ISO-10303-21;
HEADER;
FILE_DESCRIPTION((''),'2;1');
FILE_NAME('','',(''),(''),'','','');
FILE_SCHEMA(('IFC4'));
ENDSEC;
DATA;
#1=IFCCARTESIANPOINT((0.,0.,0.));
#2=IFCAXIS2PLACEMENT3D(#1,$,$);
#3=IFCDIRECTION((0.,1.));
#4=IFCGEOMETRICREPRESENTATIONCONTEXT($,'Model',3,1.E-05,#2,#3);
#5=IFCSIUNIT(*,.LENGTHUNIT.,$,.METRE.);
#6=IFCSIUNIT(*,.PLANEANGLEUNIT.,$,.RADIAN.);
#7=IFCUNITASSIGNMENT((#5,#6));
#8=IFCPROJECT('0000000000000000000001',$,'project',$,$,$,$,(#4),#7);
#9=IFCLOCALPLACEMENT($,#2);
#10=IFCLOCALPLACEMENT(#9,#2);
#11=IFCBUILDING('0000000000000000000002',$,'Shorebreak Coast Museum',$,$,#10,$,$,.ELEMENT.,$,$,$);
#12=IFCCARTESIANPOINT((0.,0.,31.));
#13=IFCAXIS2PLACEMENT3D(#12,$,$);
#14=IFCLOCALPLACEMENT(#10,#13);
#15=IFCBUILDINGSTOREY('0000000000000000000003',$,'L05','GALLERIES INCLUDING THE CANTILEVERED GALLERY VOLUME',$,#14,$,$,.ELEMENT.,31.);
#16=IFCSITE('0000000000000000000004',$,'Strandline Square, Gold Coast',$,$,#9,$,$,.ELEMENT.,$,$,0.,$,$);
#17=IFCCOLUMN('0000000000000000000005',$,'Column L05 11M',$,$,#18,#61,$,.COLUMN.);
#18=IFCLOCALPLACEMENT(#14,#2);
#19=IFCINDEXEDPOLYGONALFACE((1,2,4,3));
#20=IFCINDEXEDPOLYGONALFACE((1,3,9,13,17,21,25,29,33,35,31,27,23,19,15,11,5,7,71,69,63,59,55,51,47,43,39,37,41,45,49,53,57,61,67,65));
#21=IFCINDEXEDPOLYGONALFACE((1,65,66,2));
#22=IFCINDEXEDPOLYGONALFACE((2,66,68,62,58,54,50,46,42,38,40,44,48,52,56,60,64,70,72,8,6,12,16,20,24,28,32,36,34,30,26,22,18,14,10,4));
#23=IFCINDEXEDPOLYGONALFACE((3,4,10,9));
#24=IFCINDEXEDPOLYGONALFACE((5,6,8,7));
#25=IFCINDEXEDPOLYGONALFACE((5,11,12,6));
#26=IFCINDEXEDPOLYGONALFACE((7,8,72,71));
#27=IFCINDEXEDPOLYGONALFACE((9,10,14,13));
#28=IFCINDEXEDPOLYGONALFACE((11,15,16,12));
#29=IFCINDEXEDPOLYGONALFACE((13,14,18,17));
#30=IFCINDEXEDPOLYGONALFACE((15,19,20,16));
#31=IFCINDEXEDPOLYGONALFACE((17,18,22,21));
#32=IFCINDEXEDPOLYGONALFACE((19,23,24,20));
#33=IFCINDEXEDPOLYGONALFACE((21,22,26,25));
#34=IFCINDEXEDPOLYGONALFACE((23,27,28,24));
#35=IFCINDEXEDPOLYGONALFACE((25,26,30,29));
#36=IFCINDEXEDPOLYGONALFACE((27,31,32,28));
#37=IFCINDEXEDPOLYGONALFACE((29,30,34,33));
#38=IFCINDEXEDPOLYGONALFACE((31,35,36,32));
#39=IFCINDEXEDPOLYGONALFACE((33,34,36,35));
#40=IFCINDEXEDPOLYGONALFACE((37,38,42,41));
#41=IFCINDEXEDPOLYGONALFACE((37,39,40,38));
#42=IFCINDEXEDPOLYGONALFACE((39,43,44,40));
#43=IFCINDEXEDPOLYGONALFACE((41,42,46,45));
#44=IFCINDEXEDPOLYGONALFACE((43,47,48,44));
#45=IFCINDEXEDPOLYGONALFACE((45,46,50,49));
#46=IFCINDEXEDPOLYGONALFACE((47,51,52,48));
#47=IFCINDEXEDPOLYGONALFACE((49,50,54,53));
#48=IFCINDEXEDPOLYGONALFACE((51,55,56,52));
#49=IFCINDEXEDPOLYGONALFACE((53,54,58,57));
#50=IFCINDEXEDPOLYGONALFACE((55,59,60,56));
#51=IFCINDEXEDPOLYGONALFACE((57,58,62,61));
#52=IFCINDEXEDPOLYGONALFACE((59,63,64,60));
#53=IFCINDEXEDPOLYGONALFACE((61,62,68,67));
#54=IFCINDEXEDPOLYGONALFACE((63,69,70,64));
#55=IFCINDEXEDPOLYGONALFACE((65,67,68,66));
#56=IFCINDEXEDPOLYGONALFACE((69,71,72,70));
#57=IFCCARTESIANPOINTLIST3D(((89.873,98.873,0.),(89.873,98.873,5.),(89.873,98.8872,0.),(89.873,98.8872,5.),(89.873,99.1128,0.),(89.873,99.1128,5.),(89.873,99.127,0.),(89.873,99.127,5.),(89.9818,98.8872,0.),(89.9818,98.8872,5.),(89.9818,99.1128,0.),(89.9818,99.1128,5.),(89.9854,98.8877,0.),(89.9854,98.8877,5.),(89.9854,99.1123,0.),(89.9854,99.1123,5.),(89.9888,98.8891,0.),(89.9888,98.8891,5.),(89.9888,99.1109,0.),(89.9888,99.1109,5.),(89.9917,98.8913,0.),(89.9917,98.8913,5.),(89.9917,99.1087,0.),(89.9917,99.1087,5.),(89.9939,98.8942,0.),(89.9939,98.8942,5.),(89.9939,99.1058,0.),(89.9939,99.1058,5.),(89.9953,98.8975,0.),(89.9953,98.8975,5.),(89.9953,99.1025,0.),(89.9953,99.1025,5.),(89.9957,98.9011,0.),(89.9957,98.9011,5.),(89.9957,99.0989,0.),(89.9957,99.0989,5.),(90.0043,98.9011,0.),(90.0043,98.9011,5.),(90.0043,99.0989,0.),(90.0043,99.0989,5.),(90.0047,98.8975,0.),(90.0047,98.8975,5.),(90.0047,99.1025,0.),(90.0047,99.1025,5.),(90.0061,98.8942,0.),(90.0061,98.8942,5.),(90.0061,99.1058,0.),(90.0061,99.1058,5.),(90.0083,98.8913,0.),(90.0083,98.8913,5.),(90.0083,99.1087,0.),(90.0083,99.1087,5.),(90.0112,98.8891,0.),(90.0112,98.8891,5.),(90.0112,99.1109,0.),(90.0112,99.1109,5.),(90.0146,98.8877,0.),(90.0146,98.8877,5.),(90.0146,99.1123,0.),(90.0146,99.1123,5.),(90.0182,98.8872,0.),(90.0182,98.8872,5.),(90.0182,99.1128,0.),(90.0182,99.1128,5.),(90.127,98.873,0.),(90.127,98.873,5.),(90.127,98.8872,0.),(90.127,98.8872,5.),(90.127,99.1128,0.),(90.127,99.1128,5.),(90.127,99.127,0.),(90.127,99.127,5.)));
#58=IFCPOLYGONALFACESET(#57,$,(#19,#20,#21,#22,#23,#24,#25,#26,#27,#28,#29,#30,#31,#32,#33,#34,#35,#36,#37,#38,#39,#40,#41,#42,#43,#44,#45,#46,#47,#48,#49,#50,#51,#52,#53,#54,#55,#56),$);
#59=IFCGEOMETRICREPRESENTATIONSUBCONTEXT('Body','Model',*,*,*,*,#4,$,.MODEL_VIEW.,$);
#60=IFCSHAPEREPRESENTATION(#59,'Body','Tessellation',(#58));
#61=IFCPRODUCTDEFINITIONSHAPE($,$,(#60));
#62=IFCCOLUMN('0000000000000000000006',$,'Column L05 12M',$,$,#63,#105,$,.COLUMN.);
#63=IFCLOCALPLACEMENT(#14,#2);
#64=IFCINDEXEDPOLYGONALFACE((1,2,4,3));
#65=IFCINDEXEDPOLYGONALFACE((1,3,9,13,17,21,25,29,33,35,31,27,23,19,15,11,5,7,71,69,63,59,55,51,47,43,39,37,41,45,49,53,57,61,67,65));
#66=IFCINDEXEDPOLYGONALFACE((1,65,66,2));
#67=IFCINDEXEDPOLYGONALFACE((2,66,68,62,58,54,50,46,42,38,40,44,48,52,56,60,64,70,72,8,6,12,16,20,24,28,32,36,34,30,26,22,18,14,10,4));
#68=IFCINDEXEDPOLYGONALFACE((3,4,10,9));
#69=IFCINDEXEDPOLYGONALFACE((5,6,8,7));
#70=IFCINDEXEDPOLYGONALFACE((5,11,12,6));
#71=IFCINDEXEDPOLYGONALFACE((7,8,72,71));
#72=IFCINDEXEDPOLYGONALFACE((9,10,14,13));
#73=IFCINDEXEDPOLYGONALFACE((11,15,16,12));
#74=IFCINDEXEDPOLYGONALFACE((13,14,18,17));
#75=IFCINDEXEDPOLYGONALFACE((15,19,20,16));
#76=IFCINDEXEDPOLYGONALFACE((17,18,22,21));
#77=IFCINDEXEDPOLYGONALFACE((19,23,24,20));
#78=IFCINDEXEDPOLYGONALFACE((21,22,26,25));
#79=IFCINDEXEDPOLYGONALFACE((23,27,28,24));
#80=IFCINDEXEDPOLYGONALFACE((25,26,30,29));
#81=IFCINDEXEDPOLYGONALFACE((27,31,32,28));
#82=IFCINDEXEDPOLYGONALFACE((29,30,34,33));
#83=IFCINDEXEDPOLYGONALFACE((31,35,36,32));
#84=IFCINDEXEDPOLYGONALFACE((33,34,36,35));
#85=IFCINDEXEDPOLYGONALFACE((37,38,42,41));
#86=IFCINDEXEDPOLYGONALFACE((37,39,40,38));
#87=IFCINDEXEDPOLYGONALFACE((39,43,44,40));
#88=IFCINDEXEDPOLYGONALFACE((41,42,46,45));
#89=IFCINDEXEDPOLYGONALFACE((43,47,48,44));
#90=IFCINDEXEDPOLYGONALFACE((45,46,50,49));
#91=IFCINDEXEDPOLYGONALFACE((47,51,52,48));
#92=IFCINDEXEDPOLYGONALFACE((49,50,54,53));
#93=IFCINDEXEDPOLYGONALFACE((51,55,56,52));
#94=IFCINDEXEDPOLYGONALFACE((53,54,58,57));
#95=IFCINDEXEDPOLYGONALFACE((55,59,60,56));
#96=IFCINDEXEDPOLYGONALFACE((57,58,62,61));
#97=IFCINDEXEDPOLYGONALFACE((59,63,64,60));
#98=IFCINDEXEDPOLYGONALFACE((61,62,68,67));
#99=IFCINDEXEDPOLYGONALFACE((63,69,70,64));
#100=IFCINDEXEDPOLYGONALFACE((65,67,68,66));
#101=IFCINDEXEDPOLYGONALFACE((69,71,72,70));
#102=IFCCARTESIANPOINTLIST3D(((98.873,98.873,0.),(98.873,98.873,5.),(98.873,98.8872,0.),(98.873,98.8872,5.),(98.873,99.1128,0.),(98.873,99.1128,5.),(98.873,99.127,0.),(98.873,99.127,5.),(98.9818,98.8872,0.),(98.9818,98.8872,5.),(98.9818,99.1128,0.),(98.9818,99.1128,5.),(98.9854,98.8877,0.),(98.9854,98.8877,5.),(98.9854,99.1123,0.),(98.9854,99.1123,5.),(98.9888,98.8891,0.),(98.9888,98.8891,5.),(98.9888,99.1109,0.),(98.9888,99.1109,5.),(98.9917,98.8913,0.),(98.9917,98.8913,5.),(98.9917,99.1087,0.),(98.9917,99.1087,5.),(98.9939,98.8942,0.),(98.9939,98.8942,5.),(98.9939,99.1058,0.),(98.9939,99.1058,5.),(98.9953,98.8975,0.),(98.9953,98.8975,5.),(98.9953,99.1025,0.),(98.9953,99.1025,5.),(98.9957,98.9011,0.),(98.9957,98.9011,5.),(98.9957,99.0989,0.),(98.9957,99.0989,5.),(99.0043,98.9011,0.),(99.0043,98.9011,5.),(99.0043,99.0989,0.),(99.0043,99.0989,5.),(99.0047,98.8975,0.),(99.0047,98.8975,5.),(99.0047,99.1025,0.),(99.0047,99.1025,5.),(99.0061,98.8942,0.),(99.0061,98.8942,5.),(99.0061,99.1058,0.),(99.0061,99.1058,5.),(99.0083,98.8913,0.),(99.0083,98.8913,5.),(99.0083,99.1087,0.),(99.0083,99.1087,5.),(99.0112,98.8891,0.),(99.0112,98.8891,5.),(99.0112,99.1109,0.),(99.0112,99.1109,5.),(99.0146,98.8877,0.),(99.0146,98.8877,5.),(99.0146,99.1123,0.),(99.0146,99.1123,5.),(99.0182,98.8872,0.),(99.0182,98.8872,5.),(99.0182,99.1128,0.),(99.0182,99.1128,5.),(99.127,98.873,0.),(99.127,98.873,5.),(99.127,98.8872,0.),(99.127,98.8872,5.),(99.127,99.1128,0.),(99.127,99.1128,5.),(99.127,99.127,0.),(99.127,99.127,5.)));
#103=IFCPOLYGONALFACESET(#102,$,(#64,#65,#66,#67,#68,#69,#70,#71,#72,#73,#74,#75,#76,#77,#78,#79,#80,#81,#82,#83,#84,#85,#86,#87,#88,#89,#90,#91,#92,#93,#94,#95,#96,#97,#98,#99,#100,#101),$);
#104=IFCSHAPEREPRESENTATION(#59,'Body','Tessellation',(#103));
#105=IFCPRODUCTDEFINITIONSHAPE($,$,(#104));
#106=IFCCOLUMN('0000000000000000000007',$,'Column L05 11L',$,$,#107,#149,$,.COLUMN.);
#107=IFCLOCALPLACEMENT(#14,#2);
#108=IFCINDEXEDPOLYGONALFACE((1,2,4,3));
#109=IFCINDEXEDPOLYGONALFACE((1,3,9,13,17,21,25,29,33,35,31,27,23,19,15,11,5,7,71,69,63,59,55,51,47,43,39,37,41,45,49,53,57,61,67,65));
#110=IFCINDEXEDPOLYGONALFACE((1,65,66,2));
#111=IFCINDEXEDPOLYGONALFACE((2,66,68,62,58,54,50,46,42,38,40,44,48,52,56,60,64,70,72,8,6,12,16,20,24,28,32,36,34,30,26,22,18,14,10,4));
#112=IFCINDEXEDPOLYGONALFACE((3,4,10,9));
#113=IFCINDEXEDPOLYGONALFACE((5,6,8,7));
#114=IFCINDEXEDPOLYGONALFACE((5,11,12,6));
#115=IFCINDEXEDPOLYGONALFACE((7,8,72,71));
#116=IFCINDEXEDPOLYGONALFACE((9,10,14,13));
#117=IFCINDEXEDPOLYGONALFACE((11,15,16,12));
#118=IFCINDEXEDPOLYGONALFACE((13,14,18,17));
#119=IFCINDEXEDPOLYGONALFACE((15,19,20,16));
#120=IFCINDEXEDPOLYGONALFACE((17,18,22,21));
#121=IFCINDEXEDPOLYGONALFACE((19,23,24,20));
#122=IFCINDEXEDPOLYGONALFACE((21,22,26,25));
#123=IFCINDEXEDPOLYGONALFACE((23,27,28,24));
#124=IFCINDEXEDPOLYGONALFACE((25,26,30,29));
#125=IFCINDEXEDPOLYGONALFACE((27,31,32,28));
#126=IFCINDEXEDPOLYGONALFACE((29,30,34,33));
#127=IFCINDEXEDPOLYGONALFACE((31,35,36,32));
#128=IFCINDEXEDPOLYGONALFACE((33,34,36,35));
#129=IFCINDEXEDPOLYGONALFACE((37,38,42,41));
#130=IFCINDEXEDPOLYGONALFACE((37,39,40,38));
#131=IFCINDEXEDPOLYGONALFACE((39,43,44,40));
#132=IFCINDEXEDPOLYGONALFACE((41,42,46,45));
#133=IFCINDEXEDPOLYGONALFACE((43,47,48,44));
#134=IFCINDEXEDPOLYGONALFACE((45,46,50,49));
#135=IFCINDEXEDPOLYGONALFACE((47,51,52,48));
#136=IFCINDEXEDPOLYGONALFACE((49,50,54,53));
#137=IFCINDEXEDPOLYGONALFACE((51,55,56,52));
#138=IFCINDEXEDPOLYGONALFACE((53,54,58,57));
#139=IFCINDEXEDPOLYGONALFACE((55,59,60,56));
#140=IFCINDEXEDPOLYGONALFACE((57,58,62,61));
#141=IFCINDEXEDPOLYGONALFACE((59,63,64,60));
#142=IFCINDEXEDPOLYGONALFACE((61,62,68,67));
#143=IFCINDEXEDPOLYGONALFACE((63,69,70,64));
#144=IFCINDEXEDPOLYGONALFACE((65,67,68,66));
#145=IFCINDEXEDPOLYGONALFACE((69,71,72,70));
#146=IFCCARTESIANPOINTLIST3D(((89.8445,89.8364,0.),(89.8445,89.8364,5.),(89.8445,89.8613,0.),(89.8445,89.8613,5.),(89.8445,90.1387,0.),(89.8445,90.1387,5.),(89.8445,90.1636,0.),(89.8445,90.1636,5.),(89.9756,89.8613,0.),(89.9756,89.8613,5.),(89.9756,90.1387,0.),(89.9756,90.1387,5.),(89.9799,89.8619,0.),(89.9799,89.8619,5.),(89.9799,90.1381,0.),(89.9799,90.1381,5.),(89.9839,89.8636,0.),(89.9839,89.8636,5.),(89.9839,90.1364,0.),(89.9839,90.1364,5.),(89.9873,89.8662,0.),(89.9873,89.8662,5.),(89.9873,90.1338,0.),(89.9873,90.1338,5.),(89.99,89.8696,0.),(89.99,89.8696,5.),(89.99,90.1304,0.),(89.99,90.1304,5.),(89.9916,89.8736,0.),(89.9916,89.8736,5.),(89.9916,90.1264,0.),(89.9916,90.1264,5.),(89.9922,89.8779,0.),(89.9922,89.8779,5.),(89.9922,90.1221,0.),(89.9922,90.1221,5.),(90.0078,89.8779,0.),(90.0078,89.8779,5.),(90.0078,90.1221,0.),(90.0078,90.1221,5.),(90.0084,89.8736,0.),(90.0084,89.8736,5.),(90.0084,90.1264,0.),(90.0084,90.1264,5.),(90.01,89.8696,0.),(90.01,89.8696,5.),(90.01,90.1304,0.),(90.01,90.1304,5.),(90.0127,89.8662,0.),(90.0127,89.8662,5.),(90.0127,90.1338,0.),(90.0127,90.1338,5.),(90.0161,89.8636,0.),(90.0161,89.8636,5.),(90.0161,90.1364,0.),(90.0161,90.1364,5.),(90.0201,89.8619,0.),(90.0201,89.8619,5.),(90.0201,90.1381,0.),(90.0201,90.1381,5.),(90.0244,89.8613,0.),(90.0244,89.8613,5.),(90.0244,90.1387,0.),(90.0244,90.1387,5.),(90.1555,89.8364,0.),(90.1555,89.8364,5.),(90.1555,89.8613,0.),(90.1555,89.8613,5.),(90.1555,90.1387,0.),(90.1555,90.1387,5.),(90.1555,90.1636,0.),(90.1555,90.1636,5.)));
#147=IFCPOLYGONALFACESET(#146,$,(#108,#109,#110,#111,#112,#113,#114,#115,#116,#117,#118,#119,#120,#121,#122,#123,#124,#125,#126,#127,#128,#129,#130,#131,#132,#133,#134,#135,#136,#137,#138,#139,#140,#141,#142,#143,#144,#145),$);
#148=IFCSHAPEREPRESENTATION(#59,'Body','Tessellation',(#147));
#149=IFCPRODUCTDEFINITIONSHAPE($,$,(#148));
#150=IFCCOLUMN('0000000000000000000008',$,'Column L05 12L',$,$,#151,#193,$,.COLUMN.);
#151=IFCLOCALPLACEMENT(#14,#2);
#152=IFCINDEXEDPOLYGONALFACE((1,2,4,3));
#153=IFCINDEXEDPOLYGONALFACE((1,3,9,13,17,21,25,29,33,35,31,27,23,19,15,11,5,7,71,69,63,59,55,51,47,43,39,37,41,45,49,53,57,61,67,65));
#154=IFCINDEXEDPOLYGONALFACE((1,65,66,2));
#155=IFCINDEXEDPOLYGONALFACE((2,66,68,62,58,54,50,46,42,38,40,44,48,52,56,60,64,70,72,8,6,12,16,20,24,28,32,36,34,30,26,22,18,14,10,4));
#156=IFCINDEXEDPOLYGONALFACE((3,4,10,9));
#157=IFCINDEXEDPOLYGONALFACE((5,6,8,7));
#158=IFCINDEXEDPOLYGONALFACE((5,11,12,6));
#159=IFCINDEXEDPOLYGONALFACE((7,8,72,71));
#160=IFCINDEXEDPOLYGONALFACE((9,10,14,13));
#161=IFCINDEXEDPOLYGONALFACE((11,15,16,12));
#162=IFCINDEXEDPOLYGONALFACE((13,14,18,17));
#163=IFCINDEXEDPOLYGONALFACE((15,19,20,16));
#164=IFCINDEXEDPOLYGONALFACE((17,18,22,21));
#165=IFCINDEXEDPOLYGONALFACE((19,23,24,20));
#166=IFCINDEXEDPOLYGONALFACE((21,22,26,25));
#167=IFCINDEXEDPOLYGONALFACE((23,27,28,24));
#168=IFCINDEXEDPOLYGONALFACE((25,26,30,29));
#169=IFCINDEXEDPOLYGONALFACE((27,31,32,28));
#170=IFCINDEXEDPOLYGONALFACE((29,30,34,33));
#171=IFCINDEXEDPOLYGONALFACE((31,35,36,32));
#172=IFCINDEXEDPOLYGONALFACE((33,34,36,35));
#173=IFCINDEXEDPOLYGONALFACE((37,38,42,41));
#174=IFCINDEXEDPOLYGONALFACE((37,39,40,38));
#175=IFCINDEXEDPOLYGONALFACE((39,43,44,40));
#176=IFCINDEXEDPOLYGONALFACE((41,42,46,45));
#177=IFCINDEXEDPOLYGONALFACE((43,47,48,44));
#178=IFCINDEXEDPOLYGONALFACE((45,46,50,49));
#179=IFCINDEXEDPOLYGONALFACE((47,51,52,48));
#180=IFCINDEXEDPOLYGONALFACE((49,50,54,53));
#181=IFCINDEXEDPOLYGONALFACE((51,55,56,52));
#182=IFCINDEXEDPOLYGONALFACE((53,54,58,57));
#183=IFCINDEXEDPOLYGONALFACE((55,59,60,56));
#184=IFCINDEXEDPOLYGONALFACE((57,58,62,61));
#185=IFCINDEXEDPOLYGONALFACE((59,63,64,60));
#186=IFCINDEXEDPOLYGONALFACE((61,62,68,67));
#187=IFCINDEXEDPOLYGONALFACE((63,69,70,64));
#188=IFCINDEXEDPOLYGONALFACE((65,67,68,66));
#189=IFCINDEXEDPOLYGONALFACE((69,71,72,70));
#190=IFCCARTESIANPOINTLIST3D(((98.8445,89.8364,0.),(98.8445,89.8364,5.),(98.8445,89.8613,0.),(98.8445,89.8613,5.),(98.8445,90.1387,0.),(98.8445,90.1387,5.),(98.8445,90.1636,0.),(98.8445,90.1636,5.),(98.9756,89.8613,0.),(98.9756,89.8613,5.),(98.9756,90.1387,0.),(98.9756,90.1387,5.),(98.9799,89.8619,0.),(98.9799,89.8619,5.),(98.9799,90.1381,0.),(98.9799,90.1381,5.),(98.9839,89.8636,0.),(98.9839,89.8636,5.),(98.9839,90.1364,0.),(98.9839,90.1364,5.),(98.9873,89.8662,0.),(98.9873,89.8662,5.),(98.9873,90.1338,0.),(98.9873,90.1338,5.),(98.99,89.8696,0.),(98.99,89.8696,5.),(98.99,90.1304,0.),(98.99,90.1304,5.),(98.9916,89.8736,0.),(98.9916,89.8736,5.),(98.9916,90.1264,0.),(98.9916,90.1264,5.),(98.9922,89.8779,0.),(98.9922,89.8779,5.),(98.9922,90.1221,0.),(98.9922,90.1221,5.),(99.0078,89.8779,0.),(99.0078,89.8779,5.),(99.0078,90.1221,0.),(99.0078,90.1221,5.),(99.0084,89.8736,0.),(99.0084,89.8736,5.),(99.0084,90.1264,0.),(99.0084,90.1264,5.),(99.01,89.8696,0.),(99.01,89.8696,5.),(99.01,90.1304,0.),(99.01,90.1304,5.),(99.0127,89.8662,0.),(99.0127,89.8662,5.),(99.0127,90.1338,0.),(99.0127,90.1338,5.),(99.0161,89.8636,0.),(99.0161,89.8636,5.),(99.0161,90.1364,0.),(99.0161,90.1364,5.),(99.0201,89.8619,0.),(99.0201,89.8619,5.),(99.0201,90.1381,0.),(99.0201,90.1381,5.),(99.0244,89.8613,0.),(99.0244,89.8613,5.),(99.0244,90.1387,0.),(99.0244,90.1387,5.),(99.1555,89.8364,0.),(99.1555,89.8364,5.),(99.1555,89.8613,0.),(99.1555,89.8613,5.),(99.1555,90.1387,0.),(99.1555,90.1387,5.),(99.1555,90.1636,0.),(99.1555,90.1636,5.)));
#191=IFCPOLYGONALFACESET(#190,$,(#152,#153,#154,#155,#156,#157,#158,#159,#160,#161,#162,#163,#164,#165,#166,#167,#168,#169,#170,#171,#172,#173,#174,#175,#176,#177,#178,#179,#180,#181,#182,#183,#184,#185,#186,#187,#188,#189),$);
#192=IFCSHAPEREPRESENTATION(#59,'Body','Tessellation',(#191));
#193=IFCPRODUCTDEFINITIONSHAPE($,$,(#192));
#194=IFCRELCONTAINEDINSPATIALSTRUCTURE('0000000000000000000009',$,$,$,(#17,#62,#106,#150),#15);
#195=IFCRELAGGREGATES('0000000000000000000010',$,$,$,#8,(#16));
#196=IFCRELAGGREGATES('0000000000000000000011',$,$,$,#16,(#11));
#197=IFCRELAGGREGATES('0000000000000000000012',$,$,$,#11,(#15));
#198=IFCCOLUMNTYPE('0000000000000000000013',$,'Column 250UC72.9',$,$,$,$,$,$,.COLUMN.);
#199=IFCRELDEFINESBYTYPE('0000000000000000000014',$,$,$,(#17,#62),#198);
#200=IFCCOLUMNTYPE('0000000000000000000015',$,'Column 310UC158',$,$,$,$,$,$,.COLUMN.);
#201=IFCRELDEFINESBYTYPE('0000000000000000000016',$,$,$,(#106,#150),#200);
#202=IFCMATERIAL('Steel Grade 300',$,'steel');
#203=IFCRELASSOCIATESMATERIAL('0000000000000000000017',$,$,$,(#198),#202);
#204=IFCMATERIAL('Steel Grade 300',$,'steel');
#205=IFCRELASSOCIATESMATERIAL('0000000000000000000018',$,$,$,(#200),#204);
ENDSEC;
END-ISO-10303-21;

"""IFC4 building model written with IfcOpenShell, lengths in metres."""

from ifc_helpers import new_model, si_unit, direction, frame, origin, origin_2d, place, context, subcontext, project, spatial, i_section, extrude, material, material_profile, profile_set, type_object, element, save


model = new_model("IFC4")

# Units and contexts
model_context = context("Model", 3, precision=1e-05, world=origin(), true_north=direction((0.0, 1.0)))
body_context = subcontext(model_context, "Body", "Model", "MODEL_VIEW")
ifc_project = project(units=[si_unit("LENGTHUNIT", "METRE"), si_unit("PLANEANGLEUNIT", "RADIAN")], contexts=[model_context])

# Site, building, storey
site_placement = place(None, origin())
site = spatial("IfcSite", under=ifc_project, at=site_placement, Name="Strandline Square, Gold Coast", CompositionType="ELEMENT", RefElevation=0.0)
building_placement = place(site_placement, origin())
building = spatial("IfcBuilding", under=site, at=building_placement, Name="Shorebreak Coast Museum", CompositionType="ELEMENT")
storey_placement = place(building_placement, frame((0.0, 0.0, 31.0)))
storey = spatial("IfcBuildingStorey", under=building, at=storey_placement, Name="L05", Description="GALLERIES INCLUDING THE CANTILEVERED GALLERY VOLUME", CompositionType="ELEMENT", Elevation=31.0)

# Columns
ifc_material_1 = material(Name="Steel Grade 300", Category="steel")
ifc_material_profile_1 = material_profile(ifc_material_1, i_section(OverallWidth=0.2539, OverallDepth=0.2539, WebThickness=0.0085, FlangeThickness=0.0142, FilletRadius=0.0139, at=origin_2d()), Name="250UC72.9")
ifc_profile_set_1 = profile_set([ifc_material_profile_1], Name="Steel Grade 300")
column_type_1 = type_object("IfcColumnType", Name="Column 250UC72.9", PredefinedType="COLUMN", material=ifc_profile_set_1)
for number, where, z_axis, x_axis, name in (
    (1, (90.0, 99.0, 0.0), (0.0, 0.0, 1.0), (1.0, 0.0, 0.0), "Column L05 11M"),
    (2, (99.0, 99.0, 0.0), (0.0, 0.0, 1.0), (1.0, 0.0, 0.0), "Column L05 12M"),
):
    element("IfcColumn", number, at=place(storey_placement, frame(where, z_axis=z_axis, x_axis=x_axis)), inside=storey, type_object=column_type_1, Name=name, PredefinedType="COLUMN", context=body_context, shape_type="SweptSolid", body=[
        extrude(i_section(OverallWidth=0.2539, OverallDepth=0.2539, WebThickness=0.0085, FlangeThickness=0.0142, FilletRadius=0.0139, at=origin_2d()), origin(), (0.0, 0.0, 1.0), 5.0),
    ])
ifc_material_2 = material(Name="Steel Grade 300", Category="steel")
ifc_material_profile_2 = material_profile(ifc_material_2, i_section(OverallWidth=0.311, OverallDepth=0.3271, WebThickness=0.0156, FlangeThickness=0.0249, FilletRadius=0.0166, at=origin_2d()), Name="310UC158")
ifc_profile_set_2 = profile_set([ifc_material_profile_2], Name="Steel Grade 300")
column_type_2 = type_object("IfcColumnType", Name="Column 310UC158", PredefinedType="COLUMN", material=ifc_profile_set_2)
for number, where, z_axis, x_axis, name in (
    (3, (90.0, 90.0, 0.0), (0.0, 0.0, 1.0), (1.0, 0.0, 0.0), "Column L05 11L"),
    (4, (99.0, 90.0, 0.0), (0.0, 0.0, 1.0), (1.0, 0.0, 0.0), "Column L05 12L"),
):
    element("IfcColumn", number, at=place(storey_placement, frame(where, z_axis=z_axis, x_axis=x_axis)), inside=storey, type_object=column_type_2, Name=name, PredefinedType="COLUMN", context=body_context, shape_type="SweptSolid", body=[
        extrude(i_section(OverallWidth=0.311, OverallDepth=0.3271, WebThickness=0.0156, FlangeThickness=0.0249, FilletRadius=0.0166, at=origin_2d()), origin(), (0.0, 0.0, 1.0), 5.0),
    ])

save(model, "model.ifc")
